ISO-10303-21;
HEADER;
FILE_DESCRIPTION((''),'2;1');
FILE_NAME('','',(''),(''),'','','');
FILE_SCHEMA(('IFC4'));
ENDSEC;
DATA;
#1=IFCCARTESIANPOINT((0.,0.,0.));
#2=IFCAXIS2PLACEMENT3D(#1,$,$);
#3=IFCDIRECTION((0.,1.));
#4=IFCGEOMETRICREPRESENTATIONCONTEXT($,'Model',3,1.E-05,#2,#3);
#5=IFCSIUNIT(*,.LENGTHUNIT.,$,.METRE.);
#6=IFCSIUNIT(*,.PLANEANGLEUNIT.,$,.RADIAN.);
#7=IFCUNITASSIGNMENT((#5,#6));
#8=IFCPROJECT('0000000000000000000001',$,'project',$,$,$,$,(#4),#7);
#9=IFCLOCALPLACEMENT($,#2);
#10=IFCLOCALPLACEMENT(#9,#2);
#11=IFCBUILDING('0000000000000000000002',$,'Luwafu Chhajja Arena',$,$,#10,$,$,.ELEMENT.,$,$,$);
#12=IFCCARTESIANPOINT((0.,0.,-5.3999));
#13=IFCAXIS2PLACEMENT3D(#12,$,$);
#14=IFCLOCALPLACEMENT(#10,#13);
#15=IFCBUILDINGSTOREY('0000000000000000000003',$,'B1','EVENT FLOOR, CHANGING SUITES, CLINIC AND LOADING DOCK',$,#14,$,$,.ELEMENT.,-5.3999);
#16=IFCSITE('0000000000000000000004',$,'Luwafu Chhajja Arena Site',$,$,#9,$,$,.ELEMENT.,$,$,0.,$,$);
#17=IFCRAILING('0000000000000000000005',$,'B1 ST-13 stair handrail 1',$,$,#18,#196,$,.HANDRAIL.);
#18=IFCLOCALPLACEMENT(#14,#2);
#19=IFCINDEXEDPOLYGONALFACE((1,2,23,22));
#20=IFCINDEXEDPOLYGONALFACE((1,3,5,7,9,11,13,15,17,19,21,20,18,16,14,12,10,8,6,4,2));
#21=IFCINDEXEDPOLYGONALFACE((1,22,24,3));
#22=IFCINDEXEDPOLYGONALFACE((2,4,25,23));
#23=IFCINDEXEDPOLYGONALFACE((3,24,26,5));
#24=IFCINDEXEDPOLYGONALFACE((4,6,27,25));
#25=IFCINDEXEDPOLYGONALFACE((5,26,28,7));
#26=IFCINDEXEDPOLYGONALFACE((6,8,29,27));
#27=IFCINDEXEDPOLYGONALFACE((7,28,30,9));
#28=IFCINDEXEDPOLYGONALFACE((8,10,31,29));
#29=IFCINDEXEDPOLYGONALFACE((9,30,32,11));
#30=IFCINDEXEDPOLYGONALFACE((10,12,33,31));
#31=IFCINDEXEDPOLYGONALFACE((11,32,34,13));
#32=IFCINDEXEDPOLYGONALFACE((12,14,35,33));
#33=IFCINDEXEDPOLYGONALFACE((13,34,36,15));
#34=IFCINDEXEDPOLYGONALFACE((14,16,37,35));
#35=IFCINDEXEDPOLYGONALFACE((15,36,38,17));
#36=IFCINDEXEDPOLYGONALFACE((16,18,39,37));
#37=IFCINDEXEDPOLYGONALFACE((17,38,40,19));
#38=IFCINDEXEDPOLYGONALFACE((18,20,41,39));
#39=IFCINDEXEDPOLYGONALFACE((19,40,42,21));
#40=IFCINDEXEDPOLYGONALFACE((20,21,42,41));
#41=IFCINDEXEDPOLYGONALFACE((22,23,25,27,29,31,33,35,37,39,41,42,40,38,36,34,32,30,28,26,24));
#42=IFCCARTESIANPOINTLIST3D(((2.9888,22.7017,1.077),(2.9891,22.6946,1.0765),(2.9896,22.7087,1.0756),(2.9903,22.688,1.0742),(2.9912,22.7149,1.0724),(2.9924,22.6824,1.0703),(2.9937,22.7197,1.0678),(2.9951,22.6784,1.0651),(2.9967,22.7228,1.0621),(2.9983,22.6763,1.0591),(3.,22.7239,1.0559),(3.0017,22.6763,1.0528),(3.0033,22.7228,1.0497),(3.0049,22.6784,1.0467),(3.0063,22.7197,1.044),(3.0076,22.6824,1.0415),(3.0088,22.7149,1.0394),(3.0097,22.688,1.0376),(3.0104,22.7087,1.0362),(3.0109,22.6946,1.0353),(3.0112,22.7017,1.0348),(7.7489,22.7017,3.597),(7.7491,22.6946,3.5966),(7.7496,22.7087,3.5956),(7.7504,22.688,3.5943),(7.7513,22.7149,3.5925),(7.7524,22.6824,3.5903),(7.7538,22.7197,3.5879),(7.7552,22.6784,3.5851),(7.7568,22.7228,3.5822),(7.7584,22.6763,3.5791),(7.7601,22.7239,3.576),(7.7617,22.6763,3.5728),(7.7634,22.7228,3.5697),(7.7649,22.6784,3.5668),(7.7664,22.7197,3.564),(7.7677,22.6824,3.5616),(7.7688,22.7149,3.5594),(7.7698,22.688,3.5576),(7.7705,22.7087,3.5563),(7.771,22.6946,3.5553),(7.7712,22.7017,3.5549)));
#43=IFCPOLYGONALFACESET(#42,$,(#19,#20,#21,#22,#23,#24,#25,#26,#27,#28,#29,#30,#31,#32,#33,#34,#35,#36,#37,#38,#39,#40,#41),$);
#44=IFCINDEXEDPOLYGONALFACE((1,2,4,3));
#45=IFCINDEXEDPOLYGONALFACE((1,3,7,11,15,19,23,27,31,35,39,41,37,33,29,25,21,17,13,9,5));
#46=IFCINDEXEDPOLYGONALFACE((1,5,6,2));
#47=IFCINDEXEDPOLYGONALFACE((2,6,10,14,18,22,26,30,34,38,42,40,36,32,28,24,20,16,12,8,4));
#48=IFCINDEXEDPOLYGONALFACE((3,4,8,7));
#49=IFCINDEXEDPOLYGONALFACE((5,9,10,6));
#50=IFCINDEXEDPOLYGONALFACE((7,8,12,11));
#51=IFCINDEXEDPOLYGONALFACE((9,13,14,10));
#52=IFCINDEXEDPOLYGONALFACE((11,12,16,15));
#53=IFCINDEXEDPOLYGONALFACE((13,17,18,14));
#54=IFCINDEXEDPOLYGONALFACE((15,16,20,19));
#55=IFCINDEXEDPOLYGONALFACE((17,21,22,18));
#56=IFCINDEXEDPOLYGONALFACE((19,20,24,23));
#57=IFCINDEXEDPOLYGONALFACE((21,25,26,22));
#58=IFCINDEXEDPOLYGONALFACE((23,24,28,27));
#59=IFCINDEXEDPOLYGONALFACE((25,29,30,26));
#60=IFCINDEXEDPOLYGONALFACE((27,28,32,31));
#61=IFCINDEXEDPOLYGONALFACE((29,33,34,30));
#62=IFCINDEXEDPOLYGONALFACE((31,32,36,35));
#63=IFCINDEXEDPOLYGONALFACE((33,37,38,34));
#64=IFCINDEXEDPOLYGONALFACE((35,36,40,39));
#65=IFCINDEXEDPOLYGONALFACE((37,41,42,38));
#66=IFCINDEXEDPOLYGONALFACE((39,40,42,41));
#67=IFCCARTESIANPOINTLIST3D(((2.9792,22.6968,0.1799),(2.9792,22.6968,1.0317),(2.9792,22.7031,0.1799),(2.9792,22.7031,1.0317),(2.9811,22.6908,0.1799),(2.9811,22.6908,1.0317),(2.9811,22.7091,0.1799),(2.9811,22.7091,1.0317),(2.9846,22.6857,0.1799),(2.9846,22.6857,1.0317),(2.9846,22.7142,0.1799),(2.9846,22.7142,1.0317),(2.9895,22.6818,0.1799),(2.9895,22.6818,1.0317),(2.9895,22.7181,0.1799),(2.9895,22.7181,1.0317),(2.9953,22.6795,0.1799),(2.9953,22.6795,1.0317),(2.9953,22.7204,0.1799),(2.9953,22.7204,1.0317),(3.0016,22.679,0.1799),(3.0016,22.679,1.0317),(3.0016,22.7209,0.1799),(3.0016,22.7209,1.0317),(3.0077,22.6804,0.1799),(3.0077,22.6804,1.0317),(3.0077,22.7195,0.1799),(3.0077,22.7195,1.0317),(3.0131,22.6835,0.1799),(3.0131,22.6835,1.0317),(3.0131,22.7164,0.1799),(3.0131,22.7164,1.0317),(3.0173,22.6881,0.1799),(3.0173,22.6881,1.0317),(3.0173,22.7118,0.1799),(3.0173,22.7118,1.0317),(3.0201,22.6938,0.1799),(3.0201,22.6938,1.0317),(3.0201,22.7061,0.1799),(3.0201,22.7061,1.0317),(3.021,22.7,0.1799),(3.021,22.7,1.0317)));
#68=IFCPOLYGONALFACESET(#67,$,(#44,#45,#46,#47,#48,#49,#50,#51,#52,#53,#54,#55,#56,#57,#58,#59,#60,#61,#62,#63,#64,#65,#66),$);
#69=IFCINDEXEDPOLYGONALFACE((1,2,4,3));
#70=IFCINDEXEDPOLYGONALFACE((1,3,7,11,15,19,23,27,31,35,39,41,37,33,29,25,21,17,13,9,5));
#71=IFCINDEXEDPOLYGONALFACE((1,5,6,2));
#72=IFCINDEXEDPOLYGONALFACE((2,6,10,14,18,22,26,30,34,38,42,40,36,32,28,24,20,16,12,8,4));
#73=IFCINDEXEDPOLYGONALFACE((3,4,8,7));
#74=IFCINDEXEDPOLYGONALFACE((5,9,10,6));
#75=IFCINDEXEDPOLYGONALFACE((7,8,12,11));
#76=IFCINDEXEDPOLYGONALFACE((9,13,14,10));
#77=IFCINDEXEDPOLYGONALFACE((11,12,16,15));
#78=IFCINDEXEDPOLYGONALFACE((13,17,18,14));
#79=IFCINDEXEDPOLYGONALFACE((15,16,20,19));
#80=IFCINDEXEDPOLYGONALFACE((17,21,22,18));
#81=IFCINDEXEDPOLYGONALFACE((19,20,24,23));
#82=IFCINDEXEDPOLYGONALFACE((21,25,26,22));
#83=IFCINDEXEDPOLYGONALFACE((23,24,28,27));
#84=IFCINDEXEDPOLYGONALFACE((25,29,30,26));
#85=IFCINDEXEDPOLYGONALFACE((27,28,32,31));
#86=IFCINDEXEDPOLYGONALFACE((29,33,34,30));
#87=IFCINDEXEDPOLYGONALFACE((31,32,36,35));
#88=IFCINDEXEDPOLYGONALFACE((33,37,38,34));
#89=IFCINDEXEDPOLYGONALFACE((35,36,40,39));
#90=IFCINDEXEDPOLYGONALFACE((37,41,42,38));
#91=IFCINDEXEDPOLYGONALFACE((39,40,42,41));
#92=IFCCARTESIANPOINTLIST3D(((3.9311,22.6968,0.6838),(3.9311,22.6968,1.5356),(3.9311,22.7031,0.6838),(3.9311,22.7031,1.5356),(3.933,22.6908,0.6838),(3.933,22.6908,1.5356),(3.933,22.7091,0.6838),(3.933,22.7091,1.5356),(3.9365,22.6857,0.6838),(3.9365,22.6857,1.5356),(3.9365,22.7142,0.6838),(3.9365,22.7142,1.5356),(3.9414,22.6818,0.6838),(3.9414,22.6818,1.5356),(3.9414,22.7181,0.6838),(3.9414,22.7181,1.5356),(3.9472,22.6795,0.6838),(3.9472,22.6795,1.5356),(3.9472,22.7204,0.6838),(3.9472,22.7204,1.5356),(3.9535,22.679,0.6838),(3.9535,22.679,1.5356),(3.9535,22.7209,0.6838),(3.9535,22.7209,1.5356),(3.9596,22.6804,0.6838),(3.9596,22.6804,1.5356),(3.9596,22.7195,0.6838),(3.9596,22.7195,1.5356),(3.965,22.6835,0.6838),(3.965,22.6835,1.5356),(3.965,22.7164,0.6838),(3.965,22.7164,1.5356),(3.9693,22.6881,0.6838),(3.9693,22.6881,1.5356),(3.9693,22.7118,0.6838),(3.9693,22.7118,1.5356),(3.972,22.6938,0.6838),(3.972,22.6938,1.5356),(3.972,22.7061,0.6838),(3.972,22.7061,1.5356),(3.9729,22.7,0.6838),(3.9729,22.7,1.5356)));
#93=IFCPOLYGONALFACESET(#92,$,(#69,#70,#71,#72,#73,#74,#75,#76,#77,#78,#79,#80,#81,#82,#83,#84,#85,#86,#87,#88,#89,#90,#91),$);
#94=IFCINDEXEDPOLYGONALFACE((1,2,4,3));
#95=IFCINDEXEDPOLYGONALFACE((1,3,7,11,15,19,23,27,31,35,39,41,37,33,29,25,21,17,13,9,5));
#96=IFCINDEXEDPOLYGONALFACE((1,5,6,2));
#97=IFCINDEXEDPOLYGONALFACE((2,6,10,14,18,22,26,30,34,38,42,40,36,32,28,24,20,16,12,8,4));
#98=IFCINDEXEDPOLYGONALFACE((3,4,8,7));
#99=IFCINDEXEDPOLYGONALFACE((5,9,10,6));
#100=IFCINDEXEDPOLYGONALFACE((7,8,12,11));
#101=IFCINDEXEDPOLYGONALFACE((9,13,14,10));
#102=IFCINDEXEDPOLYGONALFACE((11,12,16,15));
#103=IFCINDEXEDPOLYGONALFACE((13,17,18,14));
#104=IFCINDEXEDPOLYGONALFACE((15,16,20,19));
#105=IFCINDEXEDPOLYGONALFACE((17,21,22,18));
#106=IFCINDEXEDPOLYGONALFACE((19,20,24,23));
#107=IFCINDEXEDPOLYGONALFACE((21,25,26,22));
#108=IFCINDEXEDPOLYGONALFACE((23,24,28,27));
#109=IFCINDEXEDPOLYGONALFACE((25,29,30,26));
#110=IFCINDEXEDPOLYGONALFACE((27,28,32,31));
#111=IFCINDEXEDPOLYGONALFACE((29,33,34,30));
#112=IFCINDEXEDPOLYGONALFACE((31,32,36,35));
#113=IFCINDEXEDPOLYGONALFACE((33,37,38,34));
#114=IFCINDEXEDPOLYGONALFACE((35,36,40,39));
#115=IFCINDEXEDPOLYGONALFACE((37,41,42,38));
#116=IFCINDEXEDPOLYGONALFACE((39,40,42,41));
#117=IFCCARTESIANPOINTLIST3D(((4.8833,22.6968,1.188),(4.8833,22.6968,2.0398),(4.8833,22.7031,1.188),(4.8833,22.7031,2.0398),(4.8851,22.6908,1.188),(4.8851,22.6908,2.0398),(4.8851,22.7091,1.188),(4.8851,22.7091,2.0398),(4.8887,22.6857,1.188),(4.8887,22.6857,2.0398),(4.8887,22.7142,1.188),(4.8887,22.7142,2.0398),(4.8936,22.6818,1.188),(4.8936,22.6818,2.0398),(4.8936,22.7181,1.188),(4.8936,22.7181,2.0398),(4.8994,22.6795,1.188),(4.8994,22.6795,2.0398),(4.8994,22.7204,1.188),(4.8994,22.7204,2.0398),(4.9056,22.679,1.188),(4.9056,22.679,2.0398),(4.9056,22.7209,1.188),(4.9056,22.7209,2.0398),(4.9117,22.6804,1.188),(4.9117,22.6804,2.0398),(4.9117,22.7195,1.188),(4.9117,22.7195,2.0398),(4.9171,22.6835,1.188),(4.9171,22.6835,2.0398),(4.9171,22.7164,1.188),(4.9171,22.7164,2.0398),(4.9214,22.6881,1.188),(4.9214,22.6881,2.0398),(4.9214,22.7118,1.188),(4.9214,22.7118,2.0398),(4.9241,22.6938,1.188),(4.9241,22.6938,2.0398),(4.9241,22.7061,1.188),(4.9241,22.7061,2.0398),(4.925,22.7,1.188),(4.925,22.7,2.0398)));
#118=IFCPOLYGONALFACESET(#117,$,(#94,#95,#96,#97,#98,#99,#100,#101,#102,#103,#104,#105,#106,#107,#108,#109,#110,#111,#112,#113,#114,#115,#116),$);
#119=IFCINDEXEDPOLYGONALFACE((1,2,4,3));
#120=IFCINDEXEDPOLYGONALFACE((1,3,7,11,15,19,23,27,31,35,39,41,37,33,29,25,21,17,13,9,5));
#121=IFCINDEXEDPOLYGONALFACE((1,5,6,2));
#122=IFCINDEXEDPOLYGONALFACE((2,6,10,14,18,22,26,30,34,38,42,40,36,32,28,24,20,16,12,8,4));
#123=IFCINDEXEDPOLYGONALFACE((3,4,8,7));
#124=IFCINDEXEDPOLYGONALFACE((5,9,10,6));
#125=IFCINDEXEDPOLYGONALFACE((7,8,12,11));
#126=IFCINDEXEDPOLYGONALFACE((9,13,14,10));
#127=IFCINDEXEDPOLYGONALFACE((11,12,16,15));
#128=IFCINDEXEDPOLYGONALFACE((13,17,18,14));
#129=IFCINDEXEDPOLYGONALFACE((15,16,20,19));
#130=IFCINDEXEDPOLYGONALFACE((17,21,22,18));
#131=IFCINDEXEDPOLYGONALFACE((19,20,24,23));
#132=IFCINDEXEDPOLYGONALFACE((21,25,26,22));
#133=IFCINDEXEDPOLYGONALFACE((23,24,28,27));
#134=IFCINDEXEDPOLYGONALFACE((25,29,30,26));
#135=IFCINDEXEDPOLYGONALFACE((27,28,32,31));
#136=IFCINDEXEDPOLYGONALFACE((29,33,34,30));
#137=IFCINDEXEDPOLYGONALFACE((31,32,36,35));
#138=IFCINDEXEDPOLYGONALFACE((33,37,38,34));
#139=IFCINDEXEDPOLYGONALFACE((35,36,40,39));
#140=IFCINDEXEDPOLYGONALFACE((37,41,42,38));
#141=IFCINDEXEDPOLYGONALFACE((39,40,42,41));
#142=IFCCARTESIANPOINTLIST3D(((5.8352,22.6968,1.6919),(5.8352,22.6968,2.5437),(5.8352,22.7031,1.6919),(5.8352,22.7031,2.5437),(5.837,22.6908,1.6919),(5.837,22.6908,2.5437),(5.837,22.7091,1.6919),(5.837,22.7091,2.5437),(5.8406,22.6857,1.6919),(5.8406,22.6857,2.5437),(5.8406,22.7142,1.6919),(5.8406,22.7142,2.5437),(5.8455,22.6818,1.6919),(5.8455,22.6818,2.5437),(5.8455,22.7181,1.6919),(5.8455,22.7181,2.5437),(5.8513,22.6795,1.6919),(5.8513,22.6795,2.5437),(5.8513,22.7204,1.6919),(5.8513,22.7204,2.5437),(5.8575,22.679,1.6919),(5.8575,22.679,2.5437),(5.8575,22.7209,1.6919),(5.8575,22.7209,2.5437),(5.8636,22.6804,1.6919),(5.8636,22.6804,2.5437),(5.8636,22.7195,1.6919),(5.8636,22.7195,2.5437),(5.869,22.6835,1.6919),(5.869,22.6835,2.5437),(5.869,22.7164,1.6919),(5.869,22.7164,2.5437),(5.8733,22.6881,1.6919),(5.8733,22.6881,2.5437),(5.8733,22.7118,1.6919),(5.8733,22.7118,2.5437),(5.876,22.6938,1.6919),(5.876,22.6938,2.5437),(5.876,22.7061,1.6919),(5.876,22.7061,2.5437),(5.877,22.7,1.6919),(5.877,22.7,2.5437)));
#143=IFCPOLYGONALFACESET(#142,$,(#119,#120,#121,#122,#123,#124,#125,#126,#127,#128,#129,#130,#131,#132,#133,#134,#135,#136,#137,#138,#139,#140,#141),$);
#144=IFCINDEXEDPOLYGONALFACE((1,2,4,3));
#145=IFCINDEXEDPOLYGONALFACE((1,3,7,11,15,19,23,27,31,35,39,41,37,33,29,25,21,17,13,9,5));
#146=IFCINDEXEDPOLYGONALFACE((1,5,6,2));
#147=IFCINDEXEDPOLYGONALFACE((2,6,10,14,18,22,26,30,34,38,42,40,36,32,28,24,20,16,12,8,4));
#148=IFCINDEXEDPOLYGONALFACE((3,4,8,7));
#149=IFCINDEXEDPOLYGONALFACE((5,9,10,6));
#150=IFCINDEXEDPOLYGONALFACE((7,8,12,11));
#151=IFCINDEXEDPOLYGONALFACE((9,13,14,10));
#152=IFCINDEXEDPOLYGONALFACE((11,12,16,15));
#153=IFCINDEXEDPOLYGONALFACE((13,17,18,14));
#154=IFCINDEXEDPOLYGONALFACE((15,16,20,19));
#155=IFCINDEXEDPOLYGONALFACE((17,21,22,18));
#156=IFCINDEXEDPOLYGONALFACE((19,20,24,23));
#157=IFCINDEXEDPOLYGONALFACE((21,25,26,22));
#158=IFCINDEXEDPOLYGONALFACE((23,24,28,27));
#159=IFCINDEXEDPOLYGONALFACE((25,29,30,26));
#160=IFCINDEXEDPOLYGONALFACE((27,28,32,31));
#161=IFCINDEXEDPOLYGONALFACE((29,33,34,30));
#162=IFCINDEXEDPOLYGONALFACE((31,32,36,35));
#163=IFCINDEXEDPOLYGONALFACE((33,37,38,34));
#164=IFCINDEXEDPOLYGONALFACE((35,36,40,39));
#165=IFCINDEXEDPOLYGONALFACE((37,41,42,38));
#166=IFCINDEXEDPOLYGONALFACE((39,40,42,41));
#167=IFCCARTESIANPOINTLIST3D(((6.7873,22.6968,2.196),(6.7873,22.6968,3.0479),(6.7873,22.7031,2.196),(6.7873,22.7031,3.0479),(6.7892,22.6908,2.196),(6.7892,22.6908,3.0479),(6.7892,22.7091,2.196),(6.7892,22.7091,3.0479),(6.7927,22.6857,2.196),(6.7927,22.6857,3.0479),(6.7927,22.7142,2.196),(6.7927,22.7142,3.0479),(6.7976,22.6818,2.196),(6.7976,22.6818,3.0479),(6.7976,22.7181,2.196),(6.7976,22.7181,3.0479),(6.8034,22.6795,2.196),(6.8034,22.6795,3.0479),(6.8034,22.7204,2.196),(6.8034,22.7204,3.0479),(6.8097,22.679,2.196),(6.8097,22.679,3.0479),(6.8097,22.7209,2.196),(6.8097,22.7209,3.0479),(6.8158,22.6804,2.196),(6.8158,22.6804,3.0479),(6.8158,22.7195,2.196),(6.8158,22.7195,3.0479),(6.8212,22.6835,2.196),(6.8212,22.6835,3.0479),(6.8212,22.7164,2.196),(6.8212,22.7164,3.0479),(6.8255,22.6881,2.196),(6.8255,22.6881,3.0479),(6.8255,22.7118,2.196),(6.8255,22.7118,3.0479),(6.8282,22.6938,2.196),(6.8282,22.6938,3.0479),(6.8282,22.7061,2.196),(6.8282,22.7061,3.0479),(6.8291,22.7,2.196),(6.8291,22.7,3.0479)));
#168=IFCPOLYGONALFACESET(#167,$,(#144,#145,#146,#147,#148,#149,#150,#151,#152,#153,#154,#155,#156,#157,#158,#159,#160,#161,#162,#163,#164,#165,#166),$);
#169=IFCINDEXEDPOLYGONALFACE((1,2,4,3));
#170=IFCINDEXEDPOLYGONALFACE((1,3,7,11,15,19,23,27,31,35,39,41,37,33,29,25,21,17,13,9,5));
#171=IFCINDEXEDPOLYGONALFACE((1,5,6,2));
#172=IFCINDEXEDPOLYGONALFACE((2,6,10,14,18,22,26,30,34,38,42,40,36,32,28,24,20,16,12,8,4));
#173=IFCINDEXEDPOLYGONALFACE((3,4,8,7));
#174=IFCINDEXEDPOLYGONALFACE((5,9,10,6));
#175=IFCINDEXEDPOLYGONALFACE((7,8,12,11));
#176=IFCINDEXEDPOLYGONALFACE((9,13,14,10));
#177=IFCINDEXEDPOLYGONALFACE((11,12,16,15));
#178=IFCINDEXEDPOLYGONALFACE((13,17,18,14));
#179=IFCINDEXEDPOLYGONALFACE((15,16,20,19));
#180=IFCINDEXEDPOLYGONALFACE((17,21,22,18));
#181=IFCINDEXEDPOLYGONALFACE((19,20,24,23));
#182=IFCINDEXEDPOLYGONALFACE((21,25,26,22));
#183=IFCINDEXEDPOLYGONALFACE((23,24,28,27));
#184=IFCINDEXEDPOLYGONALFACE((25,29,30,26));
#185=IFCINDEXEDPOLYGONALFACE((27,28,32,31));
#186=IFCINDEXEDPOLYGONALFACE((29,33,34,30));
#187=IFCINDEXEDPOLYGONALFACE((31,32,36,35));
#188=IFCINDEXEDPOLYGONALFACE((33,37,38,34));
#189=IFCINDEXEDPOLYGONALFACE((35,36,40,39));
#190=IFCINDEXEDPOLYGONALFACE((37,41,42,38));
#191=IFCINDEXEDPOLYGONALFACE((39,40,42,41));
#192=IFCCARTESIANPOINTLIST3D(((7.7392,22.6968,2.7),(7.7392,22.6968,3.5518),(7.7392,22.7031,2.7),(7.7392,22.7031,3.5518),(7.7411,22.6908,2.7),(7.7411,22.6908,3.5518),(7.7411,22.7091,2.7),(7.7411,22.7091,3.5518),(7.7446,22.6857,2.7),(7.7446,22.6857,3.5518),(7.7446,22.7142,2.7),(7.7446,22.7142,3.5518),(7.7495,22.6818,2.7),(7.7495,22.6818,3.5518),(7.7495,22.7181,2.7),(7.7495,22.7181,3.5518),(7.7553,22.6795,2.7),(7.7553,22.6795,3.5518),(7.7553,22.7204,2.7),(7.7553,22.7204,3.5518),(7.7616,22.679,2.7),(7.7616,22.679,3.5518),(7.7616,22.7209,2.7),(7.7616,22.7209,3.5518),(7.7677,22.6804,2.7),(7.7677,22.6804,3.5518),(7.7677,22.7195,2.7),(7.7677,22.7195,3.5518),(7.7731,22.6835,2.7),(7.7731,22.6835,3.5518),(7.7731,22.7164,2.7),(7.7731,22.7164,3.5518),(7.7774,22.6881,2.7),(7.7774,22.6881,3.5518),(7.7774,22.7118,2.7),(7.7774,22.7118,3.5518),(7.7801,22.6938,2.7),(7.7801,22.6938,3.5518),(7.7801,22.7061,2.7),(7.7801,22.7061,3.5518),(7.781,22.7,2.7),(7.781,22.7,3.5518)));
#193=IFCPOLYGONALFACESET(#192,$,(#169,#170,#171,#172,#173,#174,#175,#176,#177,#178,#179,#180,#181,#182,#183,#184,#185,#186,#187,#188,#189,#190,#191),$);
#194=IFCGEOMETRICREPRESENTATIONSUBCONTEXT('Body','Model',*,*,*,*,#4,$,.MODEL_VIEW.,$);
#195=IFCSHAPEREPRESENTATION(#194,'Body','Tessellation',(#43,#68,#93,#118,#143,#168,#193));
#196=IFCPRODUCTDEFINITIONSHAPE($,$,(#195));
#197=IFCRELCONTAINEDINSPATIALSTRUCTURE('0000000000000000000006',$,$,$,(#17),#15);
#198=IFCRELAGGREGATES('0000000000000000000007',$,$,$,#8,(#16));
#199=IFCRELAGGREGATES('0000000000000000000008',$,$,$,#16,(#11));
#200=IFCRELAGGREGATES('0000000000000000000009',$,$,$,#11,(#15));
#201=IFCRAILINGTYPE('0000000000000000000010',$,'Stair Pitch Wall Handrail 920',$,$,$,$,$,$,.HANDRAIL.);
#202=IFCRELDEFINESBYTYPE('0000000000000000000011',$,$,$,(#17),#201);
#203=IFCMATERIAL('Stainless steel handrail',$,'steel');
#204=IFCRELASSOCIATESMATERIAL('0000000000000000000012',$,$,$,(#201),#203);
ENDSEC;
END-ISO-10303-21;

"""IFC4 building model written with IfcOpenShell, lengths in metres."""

from ifc_helpers import new_model, si_unit, direction, frame, origin, origin_2d, place, context, subcontext, project, spatial, circle, extrude, material, type_object, element, save


model = new_model("IFC4")

# Units and contexts
model_context = context("Model", 3, precision=1e-05, world=origin(), true_north=direction((0.0, 1.0)))
body_context = subcontext(model_context, "Body", "Model", "MODEL_VIEW")
ifc_project = project(units=[si_unit("LENGTHUNIT", "METRE"), si_unit("PLANEANGLEUNIT", "RADIAN")], contexts=[model_context])

# Site, building, storey
site_placement = place(None, origin())
site = spatial("IfcSite", under=ifc_project, at=site_placement, Name="Luwafu Chhajja Arena Site", CompositionType="ELEMENT", RefElevation=0.0)
building_placement = place(site_placement, origin())
building = spatial("IfcBuilding", under=site, at=building_placement, Name="Luwafu Chhajja Arena", CompositionType="ELEMENT")
storey_placement = place(building_placement, frame((0.0, 0.0, -5.3999)))
storey = spatial("IfcBuildingStorey", under=building, at=storey_placement, Name="B1", Description="EVENT FLOOR, CHANGING SUITES, CLINIC AND LOADING DOCK", CompositionType="ELEMENT", Elevation=-5.3999)

# Railing
ifc_material_1 = material(Name="Stainless steel handrail", Category="steel")
railing_type_1 = type_object("IfcRailingType", Name="Stair Pitch Wall Handrail 920", PredefinedType="HANDRAIL", material=ifc_material_1)
railing_1_placement = place(storey_placement, frame((3.0, 22.7, 0.1799)))
element("IfcRailing", 1, at=railing_1_placement, inside=storey, type_object=railing_type_1, Name="B1 ST-13 stair handrail 1", PredefinedType="HANDRAIL", context=body_context, shape_type="SweptSolid", body=[
    extrude(circle(Radius=0.0239, at=origin_2d()), frame((0.0, 0.0, 0.876), z_axis=(0.883787, 0.0, 0.46789), x_axis=(0.0, 1.0, 0.0)), (0.0, 0.0, 1.0), 5.386),
    extrude(circle(Radius=0.021, at=origin_2d()), origin(), (0.0, 0.0, 1.0), 0.8518),
    extrude(circle(Radius=0.021, at=origin_2d()), frame((0.9519, 0.0, 0.5039)), (0.0, 0.0, 1.0), 0.8518),
    extrude(circle(Radius=0.021, at=origin_2d()), frame((1.9041, 0.0, 1.0081)), (0.0, 0.0, 1.0), 0.8518),
    extrude(circle(Radius=0.021, at=origin_2d()), frame((2.856, 0.0, 1.512)), (0.0, 0.0, 1.0), 0.8518),
    extrude(circle(Radius=0.021, at=origin_2d()), frame((3.8081, 0.0, 2.0161)), (0.0, 0.0, 1.0), 0.8518),
    extrude(circle(Radius=0.021, at=origin_2d()), frame((4.76, 0.0, 2.52)), (0.0, 0.0, 1.0), 0.8518),
])

save(model, "model.ifc")
